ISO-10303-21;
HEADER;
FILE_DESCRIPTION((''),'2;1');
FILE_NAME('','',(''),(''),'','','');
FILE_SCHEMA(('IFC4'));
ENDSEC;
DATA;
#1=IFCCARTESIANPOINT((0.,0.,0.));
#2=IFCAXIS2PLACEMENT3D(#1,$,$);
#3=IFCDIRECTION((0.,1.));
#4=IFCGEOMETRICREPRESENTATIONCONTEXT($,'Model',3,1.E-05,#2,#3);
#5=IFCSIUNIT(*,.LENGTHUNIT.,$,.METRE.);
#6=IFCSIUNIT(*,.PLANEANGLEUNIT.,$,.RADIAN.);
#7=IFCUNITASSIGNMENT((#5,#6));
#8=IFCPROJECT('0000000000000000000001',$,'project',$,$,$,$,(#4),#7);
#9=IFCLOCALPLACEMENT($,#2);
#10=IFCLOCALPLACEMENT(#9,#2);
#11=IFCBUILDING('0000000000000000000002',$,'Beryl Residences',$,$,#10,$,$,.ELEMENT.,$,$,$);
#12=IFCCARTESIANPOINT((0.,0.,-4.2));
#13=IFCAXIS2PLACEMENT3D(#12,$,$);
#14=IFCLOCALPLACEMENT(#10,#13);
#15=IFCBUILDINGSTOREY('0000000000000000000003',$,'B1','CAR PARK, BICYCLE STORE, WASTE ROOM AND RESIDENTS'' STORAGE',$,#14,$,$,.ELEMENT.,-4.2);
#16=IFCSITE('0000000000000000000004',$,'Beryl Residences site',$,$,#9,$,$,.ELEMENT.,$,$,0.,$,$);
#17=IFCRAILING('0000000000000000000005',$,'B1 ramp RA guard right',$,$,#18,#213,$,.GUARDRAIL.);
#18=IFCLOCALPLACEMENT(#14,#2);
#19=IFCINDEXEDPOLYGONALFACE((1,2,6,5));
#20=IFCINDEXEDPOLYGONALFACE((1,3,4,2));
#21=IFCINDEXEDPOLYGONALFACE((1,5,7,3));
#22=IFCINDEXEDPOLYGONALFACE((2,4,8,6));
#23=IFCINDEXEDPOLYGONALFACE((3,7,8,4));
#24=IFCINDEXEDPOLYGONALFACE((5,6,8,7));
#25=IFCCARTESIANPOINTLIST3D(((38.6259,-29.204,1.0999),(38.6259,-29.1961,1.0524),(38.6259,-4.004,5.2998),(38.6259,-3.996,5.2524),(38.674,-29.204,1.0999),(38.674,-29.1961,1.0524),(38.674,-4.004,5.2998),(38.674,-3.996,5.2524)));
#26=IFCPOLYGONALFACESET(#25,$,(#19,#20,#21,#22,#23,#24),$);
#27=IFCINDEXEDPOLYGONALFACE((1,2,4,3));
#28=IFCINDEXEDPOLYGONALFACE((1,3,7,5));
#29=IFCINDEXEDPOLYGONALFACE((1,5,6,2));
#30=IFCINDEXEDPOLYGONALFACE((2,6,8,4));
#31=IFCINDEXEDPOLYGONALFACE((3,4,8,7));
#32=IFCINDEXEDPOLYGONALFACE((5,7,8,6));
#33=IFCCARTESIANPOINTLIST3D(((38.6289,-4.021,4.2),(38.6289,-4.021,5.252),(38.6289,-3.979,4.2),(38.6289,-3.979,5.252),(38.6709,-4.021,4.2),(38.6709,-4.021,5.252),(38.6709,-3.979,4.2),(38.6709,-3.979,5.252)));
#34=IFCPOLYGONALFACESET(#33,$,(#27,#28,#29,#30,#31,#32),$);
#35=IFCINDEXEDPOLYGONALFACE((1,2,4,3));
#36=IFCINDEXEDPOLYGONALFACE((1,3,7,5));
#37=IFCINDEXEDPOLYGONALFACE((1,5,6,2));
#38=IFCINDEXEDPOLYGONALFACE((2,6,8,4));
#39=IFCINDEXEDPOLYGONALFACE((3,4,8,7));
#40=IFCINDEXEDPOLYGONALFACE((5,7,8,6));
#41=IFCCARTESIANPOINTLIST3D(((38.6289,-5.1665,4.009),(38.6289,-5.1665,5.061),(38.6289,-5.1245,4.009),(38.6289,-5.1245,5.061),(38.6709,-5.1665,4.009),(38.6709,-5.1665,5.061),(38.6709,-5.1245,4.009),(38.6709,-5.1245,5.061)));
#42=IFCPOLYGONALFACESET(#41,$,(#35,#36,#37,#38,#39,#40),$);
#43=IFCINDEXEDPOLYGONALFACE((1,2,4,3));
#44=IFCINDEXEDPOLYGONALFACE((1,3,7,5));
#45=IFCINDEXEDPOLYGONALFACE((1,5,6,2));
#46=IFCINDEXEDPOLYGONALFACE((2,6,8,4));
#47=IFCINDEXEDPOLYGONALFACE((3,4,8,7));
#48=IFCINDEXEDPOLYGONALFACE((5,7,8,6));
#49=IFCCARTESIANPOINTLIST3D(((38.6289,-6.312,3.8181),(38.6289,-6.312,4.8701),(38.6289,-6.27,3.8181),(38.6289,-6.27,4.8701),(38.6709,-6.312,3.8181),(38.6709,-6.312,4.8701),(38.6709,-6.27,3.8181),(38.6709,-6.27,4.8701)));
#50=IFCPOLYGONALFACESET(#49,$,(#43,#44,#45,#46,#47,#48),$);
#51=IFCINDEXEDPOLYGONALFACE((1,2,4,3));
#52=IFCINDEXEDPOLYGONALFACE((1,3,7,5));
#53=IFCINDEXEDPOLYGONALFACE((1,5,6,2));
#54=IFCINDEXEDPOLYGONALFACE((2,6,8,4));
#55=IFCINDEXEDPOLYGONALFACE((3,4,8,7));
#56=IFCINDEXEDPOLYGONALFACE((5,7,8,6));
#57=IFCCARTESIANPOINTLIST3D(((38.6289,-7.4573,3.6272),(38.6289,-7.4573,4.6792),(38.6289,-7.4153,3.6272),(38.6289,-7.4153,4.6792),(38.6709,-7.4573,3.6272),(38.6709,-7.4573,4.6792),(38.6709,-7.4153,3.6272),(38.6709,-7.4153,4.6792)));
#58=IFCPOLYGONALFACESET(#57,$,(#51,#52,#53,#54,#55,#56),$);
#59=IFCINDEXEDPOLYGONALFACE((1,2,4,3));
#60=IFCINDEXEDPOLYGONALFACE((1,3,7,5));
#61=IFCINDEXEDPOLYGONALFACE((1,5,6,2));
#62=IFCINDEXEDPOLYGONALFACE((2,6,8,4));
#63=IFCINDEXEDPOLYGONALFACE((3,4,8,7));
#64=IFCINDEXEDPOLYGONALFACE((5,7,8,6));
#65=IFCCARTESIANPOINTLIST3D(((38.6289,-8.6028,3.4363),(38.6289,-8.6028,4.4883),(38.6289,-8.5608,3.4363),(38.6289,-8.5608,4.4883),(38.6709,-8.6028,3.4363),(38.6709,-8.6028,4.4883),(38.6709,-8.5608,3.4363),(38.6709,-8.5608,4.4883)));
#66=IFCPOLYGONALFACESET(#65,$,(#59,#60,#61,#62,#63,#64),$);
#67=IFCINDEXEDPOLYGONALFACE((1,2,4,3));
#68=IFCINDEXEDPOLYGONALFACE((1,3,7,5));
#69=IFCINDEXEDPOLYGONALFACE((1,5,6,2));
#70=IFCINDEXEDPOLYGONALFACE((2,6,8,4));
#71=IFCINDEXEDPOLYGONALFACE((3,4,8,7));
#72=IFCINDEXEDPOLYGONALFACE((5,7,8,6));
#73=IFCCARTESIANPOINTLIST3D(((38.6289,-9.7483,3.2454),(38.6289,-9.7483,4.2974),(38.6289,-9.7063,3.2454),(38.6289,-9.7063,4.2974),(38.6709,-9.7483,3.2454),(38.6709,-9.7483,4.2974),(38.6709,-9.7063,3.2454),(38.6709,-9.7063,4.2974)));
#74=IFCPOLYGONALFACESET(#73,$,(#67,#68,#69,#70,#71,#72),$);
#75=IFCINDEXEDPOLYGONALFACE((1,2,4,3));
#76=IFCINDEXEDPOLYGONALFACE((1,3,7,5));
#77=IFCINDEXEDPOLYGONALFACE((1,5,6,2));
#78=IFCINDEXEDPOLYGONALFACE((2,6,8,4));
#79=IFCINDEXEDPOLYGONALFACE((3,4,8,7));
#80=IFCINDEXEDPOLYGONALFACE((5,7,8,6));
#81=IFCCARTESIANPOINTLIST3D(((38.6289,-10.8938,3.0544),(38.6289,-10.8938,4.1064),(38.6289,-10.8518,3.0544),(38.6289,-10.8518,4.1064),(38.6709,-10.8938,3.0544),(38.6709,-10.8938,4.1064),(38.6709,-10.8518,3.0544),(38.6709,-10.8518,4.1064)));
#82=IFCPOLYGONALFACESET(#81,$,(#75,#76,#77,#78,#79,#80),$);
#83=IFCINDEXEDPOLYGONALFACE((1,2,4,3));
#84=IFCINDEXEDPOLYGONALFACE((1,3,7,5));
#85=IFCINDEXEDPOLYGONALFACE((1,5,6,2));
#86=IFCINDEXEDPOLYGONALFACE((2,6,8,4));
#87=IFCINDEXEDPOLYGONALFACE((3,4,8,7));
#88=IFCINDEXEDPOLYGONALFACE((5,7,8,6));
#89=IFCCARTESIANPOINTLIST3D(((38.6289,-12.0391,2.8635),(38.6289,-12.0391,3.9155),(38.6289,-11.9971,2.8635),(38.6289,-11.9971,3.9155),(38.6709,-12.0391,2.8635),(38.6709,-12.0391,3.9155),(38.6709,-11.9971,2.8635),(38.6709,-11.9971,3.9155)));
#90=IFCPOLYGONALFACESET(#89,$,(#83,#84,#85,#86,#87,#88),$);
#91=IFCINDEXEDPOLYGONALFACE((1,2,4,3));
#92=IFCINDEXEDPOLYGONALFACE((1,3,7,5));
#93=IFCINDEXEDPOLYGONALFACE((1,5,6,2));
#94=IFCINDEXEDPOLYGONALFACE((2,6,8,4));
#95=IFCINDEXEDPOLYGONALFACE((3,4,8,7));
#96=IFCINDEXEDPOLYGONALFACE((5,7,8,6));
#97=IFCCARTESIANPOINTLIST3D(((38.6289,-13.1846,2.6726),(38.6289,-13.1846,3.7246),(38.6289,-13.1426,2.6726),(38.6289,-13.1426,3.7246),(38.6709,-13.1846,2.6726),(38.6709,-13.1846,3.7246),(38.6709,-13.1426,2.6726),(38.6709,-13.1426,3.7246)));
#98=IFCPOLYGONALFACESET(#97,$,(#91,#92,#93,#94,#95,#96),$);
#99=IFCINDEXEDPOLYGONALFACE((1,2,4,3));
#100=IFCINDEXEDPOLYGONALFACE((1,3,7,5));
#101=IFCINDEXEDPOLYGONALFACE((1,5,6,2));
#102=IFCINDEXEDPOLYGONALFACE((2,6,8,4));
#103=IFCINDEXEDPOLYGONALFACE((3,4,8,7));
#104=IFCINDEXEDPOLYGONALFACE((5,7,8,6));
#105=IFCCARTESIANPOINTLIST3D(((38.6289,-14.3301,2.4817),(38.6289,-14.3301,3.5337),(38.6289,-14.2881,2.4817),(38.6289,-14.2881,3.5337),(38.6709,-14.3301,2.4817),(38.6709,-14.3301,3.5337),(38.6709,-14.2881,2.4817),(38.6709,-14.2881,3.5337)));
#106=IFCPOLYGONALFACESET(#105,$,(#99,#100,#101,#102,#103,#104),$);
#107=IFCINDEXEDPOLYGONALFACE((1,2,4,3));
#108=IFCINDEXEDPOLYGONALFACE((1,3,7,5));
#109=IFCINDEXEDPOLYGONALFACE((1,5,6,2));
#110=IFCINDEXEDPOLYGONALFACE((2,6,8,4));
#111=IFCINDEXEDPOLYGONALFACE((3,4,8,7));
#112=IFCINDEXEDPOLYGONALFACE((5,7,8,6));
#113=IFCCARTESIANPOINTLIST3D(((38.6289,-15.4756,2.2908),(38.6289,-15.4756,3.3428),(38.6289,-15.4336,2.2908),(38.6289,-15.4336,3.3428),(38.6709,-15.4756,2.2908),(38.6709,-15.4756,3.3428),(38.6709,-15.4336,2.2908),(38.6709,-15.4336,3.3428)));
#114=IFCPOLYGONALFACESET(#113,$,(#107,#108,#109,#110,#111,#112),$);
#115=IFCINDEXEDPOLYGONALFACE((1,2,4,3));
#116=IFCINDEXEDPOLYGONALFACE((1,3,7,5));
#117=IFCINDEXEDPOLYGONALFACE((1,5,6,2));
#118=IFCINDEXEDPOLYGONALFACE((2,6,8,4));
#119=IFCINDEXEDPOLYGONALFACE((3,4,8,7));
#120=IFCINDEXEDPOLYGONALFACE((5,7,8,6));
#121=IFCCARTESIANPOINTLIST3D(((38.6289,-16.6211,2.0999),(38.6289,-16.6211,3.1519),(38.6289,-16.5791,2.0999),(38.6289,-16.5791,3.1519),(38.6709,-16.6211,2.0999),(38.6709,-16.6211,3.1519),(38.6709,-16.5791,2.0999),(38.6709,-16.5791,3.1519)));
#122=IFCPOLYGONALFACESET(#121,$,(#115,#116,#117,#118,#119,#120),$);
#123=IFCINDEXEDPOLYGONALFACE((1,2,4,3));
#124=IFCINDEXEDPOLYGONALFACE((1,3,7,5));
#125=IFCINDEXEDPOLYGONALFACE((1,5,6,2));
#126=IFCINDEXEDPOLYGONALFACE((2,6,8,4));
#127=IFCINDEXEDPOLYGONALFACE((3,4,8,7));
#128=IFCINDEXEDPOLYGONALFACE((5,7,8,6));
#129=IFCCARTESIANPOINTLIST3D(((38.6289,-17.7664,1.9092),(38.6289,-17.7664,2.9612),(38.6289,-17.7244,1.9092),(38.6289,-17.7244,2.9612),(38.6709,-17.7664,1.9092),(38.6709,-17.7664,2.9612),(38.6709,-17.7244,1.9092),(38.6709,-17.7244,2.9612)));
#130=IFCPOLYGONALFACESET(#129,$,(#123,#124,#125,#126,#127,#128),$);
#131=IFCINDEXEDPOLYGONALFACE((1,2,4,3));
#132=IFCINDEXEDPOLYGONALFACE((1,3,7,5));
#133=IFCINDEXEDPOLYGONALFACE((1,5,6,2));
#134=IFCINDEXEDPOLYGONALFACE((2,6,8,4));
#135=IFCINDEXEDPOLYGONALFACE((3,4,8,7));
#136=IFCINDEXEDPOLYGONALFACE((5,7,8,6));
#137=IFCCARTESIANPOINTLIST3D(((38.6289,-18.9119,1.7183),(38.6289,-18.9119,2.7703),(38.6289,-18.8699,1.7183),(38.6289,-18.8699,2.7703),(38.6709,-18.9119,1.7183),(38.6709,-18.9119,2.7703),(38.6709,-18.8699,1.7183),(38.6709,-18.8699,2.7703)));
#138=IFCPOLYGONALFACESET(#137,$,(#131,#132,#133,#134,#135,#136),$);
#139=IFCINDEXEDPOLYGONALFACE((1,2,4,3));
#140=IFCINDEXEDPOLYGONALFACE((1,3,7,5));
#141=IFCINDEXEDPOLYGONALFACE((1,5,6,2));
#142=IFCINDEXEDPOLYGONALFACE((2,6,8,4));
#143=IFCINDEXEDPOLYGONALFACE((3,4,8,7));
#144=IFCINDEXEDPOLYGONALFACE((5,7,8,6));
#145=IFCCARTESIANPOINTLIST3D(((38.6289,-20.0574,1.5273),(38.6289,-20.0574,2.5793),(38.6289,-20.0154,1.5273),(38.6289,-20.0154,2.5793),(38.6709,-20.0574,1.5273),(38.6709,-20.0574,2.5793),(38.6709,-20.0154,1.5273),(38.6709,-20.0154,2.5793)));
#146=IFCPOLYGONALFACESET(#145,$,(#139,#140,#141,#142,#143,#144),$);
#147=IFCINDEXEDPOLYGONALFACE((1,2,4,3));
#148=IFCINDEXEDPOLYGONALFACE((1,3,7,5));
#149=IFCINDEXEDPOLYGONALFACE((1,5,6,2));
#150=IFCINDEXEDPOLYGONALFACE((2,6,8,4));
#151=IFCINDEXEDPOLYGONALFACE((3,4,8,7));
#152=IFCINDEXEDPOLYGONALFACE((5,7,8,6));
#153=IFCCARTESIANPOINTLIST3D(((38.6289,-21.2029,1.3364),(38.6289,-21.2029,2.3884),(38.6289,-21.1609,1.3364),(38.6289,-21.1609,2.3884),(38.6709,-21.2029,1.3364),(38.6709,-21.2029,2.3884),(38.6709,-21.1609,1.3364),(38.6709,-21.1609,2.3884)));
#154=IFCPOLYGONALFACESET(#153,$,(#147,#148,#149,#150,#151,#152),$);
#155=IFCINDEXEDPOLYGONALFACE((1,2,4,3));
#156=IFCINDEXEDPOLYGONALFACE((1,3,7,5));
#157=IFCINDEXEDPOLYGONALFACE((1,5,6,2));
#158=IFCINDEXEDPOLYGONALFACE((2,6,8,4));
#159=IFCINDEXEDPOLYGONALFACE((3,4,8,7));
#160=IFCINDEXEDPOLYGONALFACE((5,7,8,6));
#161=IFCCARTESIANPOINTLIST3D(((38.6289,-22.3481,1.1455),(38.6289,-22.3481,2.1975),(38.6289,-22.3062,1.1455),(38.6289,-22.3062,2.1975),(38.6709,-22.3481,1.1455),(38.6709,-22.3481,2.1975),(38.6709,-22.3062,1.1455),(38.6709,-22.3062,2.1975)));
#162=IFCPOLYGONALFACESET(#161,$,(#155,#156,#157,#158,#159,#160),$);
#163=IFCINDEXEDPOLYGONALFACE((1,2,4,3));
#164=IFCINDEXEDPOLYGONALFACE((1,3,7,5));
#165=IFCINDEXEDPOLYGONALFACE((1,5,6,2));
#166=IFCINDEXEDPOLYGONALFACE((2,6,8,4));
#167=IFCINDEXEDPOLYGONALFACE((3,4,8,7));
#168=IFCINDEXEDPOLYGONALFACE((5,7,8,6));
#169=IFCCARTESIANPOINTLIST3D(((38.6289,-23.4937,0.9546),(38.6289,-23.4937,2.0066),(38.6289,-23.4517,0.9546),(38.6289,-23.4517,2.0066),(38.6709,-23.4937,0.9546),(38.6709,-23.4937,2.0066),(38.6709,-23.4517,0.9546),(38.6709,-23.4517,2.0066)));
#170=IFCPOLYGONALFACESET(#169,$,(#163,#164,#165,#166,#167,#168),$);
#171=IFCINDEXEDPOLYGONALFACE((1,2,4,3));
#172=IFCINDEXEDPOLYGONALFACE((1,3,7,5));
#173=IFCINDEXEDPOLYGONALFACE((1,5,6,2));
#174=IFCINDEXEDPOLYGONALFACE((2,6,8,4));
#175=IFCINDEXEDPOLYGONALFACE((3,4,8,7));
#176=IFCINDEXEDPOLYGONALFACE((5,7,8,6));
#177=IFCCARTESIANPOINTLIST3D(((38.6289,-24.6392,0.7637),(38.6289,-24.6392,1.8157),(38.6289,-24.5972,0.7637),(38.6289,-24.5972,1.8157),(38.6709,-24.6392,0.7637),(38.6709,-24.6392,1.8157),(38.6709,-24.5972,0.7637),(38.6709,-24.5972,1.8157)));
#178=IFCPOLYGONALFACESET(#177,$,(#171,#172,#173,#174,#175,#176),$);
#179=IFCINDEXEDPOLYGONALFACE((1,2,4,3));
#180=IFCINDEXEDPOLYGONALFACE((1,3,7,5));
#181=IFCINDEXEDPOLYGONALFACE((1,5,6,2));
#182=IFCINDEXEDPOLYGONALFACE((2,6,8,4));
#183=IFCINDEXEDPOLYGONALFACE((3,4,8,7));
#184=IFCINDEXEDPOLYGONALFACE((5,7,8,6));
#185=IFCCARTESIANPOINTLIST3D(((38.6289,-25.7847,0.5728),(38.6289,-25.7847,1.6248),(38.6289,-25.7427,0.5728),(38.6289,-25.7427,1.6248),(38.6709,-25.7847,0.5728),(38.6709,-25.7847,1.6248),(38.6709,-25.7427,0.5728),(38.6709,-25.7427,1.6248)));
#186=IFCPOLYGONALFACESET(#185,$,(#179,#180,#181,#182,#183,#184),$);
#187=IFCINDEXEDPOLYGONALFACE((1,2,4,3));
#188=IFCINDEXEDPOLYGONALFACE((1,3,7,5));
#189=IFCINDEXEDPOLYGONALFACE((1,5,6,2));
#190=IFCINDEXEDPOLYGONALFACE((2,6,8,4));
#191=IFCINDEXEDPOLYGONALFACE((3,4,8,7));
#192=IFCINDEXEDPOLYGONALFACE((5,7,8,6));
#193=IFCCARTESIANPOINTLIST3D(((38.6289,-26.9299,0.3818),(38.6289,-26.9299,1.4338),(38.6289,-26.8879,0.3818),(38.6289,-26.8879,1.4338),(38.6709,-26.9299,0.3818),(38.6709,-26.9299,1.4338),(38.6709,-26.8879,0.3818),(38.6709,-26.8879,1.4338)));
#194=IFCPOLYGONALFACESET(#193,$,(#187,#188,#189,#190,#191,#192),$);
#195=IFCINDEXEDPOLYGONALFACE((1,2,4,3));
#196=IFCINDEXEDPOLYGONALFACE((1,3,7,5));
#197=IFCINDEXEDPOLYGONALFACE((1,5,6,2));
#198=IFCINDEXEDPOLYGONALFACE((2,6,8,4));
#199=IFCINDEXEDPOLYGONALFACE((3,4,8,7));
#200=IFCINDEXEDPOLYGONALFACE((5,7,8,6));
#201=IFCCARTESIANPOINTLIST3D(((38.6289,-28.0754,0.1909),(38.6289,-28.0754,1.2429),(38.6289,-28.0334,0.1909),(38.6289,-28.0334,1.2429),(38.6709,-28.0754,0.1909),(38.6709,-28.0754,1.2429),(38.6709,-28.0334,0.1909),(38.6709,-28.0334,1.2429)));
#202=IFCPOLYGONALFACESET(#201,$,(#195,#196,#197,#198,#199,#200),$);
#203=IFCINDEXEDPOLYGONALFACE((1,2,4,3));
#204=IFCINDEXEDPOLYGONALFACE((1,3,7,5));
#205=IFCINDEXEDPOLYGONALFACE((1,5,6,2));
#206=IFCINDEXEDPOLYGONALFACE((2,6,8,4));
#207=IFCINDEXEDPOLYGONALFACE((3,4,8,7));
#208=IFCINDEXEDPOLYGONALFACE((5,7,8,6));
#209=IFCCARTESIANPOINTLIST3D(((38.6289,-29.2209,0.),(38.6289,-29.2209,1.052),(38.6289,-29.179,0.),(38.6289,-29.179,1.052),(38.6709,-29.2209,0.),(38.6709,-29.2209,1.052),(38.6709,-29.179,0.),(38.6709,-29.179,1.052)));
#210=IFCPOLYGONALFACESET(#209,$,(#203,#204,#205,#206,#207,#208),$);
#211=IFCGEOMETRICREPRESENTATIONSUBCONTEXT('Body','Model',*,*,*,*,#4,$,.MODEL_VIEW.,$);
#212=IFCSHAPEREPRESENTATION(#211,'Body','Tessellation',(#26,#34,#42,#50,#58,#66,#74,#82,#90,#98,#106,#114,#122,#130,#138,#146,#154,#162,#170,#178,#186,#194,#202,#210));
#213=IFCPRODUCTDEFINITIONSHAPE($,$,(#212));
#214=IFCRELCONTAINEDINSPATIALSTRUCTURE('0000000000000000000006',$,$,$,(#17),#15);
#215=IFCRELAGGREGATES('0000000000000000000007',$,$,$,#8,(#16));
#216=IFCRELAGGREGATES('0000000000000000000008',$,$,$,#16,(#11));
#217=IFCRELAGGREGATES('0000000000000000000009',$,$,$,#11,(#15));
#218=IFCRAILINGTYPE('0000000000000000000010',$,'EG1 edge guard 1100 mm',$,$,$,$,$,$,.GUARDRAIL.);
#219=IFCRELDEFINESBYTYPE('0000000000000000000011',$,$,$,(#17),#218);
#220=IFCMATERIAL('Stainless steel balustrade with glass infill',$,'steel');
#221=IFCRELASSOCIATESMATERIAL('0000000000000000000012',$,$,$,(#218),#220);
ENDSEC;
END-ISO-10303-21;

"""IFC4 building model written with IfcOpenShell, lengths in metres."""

from ifc_helpers import new_model, si_unit, direction, frame, origin, origin_2d, place, context, subcontext, project, spatial, rectangle, extrude, material, type_object, element, save


model = new_model("IFC4")

# Units and contexts
model_context = context("Model", 3, precision=1e-05, world=origin(), true_north=direction((0.0, 1.0)))
body_context = subcontext(model_context, "Body", "Model", "MODEL_VIEW")
ifc_project = project(units=[si_unit("LENGTHUNIT", "METRE"), si_unit("PLANEANGLEUNIT", "RADIAN")], contexts=[model_context])

# Site, building, storey
site_placement = place(None, origin())
site = spatial("IfcSite", under=ifc_project, at=site_placement, Name="Beryl Residences site", CompositionType="ELEMENT", RefElevation=0.0)
building_placement = place(site_placement, origin())
building = spatial("IfcBuilding", under=site, at=building_placement, Name="Beryl Residences", CompositionType="ELEMENT")
storey_placement = place(building_placement, frame((0.0, 0.0, -4.2)))
storey = spatial("IfcBuildingStorey", under=building, at=storey_placement, Name="B1", Description="CAR PARK, BICYCLE STORE, WASTE ROOM AND RESIDENTS' STORAGE", CompositionType="ELEMENT", Elevation=-4.2)

# Railing
ifc_material_1 = material(Name="Stainless steel balustrade with glass infill", Category="steel")
railing_type_1 = type_object("IfcRailingType", Name="EG1 edge guard 1100 mm", PredefinedType="GUARDRAIL", material=ifc_material_1)
railing_1_placement = place(storey_placement, frame((38.6499, -4.0, 4.2)))
element("IfcRailing", 1, at=railing_1_placement, inside=storey, type_object=railing_type_1, Name="B1 ramp RA guard right", PredefinedType="GUARDRAIL", context=body_context, shape_type="SweptSolid", body=[
    extrude(rectangle(XDim=0.0481, YDim=0.0481, at=origin_2d()), frame((0.0, 0.0, 1.0762), z_axis=(0.0, -0.986394, -0.164397), x_axis=(1.0, 0.0, 0.0)), (0.0, 0.0, 1.0), 25.5476),
    extrude(rectangle(XDim=0.042, YDim=0.042, at=origin_2d()), origin(), (0.0, 0.0, 1.0), 1.052),
    extrude(rectangle(XDim=0.042, YDim=0.042, at=origin_2d()), frame((0.0, -1.1455, -0.1909)), (0.0, 0.0, 1.0), 1.052),
    extrude(rectangle(XDim=0.042, YDim=0.042, at=origin_2d()), frame((0.0, -2.291, -0.3818)), (0.0, 0.0, 1.0), 1.052),
    extrude(rectangle(XDim=0.042, YDim=0.042, at=origin_2d()), frame((0.0, -3.4363, -0.5728)), (0.0, 0.0, 1.0), 1.052),
    extrude(rectangle(XDim=0.042, YDim=0.042, at=origin_2d()), frame((0.0, -4.5818, -0.7637)), (0.0, 0.0, 1.0), 1.052),
    extrude(rectangle(XDim=0.042, YDim=0.042, at=origin_2d()), frame((0.0, -5.7273, -0.9546)), (0.0, 0.0, 1.0), 1.052),
    extrude(rectangle(XDim=0.042, YDim=0.042, at=origin_2d()), frame((0.0, -6.8728, -1.1455)), (0.0, 0.0, 1.0), 1.052),
    extrude(rectangle(XDim=0.042, YDim=0.042, at=origin_2d()), frame((0.0, -8.0181, -1.3364)), (0.0, 0.0, 1.0), 1.052),
    extrude(rectangle(XDim=0.042, YDim=0.042, at=origin_2d()), frame((0.0, -9.1636, -1.5273)), (0.0, 0.0, 1.0), 1.052),
    extrude(rectangle(XDim=0.042, YDim=0.042, at=origin_2d()), frame((0.0, -10.3091, -1.7183)), (0.0, 0.0, 1.0), 1.052),
    extrude(rectangle(XDim=0.042, YDim=0.042, at=origin_2d()), frame((0.0, -11.4546, -1.9092)), (0.0, 0.0, 1.0), 1.052),
    extrude(rectangle(XDim=0.042, YDim=0.042, at=origin_2d()), frame((0.0, -12.6001, -2.1001)), (0.0, 0.0, 1.0), 1.052),
    extrude(rectangle(XDim=0.042, YDim=0.042, at=origin_2d()), frame((0.0, -13.7454, -2.2908)), (0.0, 0.0, 1.0), 1.052),
    extrude(rectangle(XDim=0.042, YDim=0.042, at=origin_2d()), frame((0.0, -14.8909, -2.4817)), (0.0, 0.0, 1.0), 1.052),
    extrude(rectangle(XDim=0.042, YDim=0.042, at=origin_2d()), frame((0.0, -16.0364, -2.6726)), (0.0, 0.0, 1.0), 1.052),
    extrude(rectangle(XDim=0.042, YDim=0.042, at=origin_2d()), frame((0.0, -17.1819, -2.8635)), (0.0, 0.0, 1.0), 1.052),
    extrude(rectangle(XDim=0.042, YDim=0.042, at=origin_2d()), frame((0.0, -18.3271, -3.0544)), (0.0, 0.0, 1.0), 1.052),
    extrude(rectangle(XDim=0.042, YDim=0.042, at=origin_2d()), frame((0.0, -19.4727, -3.2454)), (0.0, 0.0, 1.0), 1.052),
    extrude(rectangle(XDim=0.042, YDim=0.042, at=origin_2d()), frame((0.0, -20.6182, -3.4363)), (0.0, 0.0, 1.0), 1.052),
    extrude(rectangle(XDim=0.042, YDim=0.042, at=origin_2d()), frame((0.0, -21.7637, -3.6272)), (0.0, 0.0, 1.0), 1.052),
    extrude(rectangle(XDim=0.042, YDim=0.042, at=origin_2d()), frame((0.0, -22.9089, -3.8181)), (0.0, 0.0, 1.0), 1.052),
    extrude(rectangle(XDim=0.042, YDim=0.042, at=origin_2d()), frame((0.0, -24.0544, -4.009)), (0.0, 0.0, 1.0), 1.052),
    extrude(rectangle(XDim=0.042, YDim=0.042, at=origin_2d()), frame((0.0, -25.2, -4.2)), (0.0, 0.0, 1.0), 1.052),
])

save(model, "model.ifc")
